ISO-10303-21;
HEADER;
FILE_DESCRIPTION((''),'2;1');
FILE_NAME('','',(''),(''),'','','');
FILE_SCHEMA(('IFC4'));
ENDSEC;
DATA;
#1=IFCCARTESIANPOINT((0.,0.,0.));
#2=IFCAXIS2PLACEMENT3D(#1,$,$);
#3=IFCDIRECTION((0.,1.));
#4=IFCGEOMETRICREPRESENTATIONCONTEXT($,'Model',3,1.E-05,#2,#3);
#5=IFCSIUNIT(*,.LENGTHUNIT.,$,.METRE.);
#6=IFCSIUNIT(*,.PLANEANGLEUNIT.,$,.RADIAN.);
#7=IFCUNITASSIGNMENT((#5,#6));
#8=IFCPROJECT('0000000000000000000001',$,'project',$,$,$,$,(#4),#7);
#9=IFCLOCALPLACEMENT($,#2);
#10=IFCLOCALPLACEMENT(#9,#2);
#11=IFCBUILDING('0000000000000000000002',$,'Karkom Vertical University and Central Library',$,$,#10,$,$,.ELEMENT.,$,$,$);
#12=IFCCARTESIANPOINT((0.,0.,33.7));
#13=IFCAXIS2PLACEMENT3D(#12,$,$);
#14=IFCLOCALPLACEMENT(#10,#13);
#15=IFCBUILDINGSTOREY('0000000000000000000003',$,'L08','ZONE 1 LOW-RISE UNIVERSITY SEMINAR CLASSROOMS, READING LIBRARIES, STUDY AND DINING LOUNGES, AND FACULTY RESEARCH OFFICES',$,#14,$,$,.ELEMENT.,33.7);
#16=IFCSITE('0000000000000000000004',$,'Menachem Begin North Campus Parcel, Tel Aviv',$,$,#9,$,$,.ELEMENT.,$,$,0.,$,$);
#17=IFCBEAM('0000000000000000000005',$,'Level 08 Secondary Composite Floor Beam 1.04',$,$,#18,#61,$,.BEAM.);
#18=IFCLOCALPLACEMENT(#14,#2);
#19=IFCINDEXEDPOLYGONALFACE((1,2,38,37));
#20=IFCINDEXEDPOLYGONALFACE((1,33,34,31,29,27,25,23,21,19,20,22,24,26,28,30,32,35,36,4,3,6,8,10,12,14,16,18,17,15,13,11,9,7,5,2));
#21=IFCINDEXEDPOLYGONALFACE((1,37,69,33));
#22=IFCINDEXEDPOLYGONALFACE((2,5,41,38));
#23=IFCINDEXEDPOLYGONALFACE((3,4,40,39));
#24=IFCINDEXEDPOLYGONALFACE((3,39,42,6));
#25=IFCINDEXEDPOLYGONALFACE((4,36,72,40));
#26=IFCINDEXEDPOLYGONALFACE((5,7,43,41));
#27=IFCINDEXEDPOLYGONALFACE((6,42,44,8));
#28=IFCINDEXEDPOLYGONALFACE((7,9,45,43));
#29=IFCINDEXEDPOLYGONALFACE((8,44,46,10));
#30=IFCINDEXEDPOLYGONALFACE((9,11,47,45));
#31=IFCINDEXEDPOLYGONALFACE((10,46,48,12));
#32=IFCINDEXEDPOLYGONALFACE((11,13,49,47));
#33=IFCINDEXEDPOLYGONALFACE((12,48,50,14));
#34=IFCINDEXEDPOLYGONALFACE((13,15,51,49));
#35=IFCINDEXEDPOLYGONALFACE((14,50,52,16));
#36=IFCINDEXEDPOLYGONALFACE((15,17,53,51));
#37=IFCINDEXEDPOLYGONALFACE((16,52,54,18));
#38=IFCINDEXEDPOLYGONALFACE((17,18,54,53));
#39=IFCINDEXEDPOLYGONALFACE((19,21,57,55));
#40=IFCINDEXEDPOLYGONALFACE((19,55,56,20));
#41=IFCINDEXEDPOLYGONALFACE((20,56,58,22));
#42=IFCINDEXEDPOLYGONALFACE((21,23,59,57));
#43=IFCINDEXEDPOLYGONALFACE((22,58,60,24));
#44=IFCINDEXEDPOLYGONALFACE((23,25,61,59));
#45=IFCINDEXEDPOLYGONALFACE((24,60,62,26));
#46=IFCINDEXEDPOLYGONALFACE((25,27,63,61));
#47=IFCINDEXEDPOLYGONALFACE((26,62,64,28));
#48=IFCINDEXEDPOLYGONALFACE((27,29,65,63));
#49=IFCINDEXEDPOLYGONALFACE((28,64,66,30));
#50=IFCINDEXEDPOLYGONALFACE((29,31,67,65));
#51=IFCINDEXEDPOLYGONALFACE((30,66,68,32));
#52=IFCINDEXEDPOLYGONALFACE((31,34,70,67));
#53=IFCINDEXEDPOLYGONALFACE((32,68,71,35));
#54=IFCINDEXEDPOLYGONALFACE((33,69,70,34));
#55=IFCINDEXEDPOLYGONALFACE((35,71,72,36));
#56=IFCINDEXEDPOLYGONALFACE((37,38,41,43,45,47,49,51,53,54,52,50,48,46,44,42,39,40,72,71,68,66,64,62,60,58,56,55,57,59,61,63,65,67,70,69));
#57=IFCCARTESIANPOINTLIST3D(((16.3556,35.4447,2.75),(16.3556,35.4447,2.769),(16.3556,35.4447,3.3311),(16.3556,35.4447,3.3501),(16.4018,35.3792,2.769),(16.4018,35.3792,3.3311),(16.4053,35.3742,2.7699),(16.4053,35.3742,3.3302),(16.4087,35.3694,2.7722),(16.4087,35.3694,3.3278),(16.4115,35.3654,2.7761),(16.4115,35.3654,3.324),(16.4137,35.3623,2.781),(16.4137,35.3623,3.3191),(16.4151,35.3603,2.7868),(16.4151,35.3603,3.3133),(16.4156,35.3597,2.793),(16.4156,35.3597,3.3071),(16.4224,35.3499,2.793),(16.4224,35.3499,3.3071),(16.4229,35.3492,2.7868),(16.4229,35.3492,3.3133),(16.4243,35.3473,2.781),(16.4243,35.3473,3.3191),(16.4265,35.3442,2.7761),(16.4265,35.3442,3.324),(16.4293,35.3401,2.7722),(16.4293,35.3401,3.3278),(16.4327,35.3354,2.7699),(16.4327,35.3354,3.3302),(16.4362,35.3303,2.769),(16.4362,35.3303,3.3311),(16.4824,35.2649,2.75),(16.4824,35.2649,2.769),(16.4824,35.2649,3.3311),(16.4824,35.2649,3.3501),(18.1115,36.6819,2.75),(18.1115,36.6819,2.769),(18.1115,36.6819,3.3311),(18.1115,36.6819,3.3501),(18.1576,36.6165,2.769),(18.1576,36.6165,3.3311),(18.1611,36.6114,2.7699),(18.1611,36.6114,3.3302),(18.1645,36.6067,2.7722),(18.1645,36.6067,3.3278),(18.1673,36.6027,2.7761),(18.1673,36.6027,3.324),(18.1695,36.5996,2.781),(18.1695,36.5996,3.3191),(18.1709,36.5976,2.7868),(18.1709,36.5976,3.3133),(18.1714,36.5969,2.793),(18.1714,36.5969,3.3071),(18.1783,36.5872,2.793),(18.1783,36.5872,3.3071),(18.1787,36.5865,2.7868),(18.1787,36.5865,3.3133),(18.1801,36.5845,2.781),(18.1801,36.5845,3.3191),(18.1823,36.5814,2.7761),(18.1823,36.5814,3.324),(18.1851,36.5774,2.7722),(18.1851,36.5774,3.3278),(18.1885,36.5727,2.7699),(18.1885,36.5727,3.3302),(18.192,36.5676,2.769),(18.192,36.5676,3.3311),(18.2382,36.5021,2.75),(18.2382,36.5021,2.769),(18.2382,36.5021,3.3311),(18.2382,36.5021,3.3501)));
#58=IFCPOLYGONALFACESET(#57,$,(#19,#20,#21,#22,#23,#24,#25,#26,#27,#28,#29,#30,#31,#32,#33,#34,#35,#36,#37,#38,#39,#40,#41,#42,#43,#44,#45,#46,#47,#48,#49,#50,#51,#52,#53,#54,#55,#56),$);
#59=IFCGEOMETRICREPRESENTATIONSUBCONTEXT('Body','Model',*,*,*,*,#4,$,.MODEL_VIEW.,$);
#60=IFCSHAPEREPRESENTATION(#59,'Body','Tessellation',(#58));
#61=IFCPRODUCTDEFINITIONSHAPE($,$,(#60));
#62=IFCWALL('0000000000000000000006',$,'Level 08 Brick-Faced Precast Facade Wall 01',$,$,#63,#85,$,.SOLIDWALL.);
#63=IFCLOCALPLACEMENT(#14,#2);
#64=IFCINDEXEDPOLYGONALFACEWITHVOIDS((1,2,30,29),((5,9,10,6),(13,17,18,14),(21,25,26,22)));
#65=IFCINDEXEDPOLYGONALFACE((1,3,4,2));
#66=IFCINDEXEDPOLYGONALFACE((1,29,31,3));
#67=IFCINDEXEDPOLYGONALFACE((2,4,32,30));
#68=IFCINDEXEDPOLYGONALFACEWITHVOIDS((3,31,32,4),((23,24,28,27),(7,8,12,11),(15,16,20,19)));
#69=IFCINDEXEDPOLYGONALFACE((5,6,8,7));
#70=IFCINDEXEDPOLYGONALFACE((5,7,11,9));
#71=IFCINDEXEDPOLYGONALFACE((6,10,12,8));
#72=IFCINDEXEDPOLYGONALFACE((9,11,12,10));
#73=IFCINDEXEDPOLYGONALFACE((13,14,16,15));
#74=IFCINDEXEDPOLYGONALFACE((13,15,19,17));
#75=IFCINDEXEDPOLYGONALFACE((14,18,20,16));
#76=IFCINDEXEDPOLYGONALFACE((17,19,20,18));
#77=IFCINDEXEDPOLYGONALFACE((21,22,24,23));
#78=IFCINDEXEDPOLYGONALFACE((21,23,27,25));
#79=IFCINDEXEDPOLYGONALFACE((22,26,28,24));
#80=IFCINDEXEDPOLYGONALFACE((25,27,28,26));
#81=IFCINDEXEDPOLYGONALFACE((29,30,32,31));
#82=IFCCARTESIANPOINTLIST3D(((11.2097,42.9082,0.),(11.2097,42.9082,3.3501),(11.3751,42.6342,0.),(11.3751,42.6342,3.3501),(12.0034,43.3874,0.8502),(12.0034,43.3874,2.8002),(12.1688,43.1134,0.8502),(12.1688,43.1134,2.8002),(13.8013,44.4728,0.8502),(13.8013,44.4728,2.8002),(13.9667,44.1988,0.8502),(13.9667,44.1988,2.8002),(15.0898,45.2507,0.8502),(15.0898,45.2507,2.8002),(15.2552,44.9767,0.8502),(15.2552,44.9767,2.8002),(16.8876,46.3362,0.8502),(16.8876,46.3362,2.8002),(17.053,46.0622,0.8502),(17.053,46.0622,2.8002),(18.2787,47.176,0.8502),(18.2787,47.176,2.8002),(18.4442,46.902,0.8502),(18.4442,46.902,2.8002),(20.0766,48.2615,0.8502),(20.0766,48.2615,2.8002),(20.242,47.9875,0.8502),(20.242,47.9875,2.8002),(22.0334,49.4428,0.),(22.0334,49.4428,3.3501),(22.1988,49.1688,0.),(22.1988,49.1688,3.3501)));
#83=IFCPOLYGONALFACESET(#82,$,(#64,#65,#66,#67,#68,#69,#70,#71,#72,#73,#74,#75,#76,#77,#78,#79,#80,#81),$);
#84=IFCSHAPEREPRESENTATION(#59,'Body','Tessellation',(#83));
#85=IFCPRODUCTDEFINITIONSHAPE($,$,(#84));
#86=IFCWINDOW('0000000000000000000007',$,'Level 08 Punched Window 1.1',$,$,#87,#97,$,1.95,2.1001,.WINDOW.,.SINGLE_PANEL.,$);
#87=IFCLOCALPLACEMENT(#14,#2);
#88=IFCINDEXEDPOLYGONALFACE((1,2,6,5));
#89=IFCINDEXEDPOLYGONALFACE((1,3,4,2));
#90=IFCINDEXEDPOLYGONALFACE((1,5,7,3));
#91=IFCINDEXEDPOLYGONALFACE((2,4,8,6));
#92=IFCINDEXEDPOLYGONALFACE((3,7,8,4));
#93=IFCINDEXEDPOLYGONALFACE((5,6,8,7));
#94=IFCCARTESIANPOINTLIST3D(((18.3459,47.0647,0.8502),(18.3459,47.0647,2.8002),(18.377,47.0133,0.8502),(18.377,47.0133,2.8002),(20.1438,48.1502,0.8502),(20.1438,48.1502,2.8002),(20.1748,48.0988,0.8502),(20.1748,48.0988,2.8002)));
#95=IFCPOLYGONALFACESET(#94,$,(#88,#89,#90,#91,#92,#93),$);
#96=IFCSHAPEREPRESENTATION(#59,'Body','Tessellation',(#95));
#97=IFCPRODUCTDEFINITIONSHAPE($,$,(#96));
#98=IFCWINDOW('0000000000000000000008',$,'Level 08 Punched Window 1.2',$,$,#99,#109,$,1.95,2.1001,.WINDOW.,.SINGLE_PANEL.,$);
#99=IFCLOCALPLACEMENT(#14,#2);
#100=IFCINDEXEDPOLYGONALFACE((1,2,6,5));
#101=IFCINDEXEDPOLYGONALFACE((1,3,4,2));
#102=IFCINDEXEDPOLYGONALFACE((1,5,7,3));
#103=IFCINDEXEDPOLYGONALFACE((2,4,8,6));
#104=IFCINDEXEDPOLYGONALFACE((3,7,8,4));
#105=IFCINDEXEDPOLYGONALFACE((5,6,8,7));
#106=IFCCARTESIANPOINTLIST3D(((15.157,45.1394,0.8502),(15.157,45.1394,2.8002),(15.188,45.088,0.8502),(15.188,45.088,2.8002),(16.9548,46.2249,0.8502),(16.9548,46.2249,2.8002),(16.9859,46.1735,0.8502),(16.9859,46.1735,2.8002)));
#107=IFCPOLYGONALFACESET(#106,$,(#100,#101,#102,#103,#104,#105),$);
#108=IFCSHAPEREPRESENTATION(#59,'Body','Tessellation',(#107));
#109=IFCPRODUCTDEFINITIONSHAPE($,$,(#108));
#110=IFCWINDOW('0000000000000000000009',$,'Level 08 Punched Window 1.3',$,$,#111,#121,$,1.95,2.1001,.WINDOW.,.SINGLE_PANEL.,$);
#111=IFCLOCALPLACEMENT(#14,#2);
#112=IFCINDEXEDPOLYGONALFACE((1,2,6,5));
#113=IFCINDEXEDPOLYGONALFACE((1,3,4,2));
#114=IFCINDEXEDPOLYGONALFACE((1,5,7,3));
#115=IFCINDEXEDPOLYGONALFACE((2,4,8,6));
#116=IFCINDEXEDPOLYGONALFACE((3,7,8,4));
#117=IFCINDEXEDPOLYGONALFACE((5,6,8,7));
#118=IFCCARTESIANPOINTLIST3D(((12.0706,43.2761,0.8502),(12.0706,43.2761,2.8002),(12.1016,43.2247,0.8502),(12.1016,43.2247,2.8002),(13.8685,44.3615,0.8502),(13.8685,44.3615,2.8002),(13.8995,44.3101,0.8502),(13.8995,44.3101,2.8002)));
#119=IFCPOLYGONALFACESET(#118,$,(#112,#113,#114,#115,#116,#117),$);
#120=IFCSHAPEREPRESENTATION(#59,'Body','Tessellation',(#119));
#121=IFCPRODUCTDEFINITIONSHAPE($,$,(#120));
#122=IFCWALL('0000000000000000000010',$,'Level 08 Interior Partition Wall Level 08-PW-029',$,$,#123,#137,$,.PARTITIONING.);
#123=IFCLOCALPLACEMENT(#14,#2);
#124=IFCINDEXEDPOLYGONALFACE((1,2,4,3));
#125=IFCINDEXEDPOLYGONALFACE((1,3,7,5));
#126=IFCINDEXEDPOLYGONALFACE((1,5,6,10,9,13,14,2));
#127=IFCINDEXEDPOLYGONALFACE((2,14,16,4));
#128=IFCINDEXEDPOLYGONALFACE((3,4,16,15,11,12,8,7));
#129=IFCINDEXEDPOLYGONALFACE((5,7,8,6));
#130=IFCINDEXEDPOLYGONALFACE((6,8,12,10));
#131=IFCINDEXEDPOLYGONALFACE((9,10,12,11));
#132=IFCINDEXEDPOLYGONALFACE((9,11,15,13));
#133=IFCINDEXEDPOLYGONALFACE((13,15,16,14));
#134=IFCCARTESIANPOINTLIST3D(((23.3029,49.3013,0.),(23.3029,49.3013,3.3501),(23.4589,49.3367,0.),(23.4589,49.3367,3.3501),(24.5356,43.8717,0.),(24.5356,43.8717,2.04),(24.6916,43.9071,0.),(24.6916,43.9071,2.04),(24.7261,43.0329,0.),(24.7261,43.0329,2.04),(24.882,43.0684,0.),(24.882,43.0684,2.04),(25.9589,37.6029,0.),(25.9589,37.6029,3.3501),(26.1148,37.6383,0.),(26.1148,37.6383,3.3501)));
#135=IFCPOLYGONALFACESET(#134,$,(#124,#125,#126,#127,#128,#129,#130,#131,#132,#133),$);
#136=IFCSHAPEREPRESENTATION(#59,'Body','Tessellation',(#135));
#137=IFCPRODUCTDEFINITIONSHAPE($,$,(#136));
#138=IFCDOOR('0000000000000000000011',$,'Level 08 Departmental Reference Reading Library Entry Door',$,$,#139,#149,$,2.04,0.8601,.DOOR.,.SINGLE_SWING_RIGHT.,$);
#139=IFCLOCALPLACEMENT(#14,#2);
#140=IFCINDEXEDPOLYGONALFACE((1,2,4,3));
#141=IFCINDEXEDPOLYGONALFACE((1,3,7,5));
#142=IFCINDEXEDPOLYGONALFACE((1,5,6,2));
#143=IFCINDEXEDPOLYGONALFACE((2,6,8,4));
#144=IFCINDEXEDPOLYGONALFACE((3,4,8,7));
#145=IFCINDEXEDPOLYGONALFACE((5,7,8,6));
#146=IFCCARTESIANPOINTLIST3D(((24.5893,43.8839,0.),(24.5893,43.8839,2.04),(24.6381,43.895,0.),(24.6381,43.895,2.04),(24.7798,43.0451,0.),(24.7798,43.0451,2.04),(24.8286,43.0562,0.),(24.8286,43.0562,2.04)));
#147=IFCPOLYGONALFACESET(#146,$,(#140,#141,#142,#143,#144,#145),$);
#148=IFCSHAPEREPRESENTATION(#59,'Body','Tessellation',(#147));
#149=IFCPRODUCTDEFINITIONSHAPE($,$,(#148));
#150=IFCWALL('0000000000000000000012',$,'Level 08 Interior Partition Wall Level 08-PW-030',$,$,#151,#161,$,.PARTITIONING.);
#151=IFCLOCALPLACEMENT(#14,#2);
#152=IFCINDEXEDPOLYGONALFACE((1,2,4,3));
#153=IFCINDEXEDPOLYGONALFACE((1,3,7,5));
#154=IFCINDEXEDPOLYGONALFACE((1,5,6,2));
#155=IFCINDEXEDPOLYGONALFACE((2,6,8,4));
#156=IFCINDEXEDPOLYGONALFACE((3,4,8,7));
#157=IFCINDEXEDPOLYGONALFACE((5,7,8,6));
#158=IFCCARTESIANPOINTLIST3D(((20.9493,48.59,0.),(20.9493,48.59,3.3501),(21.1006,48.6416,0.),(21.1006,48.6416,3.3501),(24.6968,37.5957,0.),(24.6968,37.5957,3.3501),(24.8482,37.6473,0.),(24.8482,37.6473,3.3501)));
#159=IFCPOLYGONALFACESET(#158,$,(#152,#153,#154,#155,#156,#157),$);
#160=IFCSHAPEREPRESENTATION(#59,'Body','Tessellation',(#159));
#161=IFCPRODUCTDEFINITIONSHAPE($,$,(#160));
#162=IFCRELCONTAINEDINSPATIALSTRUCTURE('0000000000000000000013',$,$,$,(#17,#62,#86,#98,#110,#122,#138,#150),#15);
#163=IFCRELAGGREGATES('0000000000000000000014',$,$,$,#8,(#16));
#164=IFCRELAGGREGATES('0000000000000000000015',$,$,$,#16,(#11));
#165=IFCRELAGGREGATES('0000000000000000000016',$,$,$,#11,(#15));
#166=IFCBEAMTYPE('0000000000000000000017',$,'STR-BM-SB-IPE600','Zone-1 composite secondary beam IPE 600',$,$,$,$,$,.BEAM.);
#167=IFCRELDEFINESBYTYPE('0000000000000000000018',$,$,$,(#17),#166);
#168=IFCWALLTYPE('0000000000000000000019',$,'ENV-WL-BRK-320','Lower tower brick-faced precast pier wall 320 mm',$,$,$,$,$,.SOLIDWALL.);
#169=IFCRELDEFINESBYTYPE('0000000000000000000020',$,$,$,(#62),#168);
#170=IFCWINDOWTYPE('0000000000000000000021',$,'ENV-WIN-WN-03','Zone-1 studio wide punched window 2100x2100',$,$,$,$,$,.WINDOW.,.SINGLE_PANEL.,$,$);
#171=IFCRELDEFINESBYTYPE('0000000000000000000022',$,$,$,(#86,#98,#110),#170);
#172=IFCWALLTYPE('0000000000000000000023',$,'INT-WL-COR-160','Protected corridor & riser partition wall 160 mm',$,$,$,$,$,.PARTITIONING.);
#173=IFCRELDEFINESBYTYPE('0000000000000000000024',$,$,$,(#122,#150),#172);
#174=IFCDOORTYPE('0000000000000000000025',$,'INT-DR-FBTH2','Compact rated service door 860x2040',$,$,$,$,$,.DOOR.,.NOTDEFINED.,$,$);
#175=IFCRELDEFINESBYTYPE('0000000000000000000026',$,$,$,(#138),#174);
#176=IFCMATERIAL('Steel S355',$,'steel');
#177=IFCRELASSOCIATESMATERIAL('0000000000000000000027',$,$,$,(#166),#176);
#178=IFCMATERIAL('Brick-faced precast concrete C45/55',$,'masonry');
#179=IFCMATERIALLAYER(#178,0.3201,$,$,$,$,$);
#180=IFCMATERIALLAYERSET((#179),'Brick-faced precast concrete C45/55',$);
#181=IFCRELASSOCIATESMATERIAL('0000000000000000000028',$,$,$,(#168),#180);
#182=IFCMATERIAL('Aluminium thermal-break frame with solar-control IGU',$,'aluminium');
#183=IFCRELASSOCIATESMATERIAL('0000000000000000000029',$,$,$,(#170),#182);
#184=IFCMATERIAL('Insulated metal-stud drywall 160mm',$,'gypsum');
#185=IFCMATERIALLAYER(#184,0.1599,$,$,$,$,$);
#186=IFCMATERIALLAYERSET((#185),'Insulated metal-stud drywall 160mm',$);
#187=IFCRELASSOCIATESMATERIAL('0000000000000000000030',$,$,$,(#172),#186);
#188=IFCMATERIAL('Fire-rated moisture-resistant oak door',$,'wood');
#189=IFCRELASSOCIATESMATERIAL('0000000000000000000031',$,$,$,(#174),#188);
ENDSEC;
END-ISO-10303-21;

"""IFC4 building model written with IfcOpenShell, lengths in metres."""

from ifc_helpers import new_model, si_unit, direction, frame, frame_2d, origin, origin_with_axes, origin_2d, place, context, subcontext, project, spatial, rectangle, i_section, extrude, source, transform, mapped, material, layer, layer_set, material_profile, profile_set, type_object, element, fill, save


model = new_model("IFC4")

# Units and contexts
model_context = context("Model", 3, precision=1e-05, world=origin(), true_north=direction((0.0, 1.0)))
body_context = subcontext(model_context, "Body", "Model", "MODEL_VIEW")
ifc_project = project(units=[si_unit("LENGTHUNIT", "METRE"), si_unit("PLANEANGLEUNIT", "RADIAN")], contexts=[model_context])

# Site, building, storey
site_placement = place(None, origin())
site = spatial("IfcSite", under=ifc_project, at=site_placement, Name="Menachem Begin North Campus Parcel, Tel Aviv", CompositionType="ELEMENT", RefElevation=0.0)
building_placement = place(site_placement, origin())
building = spatial("IfcBuilding", under=site, at=building_placement, Name="Karkom Vertical University and Central Library", CompositionType="ELEMENT")
storey_placement = place(building_placement, frame((0.0, 0.0, 33.7)))
storey = spatial("IfcBuildingStorey", under=building, at=storey_placement, Name="L08", Description="ZONE 1 LOW-RISE UNIVERSITY SEMINAR CLASSROOMS, READING LIBRARIES, STUDY AND DINING LOUNGES, AND FACULTY RESEARCH OFFICES", CompositionType="ELEMENT", Elevation=33.7)

# Beam
ifc_material_1 = material(Name="Steel S355", Category="steel")
ifc_material_profile = material_profile(ifc_material_1, i_section(OverallWidth=0.22, OverallDepth=0.6001, WebThickness=0.012, FlangeThickness=0.019, FilletRadius=0.0239, at=origin_2d()), Name="IPE 600")
ifc_profile_set = profile_set([ifc_material_profile], Name="Steel S355")
beam_type = type_object("IfcBeamType", Name="STR-BM-SB-IPE600", Description="Zone-1 composite secondary beam IPE 600", PredefinedType="BEAM", material=ifc_profile_set)
shared_shape_1 = source(origin_with_axes(), body_context, "Body", "SweptSolid", [
    extrude(i_section(OverallWidth=0.22, OverallDepth=0.6001, WebThickness=0.012, FlangeThickness=0.019, FilletRadius=0.0239, at=origin_2d()), origin(), (0.0, 0.0, 1.0), 2.1479),
])
beam_placement = place(storey_placement, frame((18.1748, 36.592, 3.05), z_axis=(-0.817434, -0.576023, 0.0), x_axis=(0.576023, -0.817434, 0.0)))
element("IfcBeam", 1, at=beam_placement, inside=storey, type_object=beam_type, Name="Level 08 Secondary Composite Floor Beam 1.04", PredefinedType="BEAM", context=body_context, shape_type="MappedRepresentation", body=[
    mapped(shared_shape_1, transform((0.0, 0.0, 0.0), scale=1.0)),
])

# Wall, openings, windows
ifc_material_2 = material(Name="Brick-faced precast concrete C45/55", Category="masonry")
ifc_layer_1 = layer(ifc_material_2, 0.3201)
ifc_layer_set_1 = layer_set([ifc_layer_1], Name="Brick-faced precast concrete C45/55")
wall_type_1 = type_object("IfcWallType", Name="ENV-WL-BRK-320", Description="Lower tower brick-faced precast pier wall 320 mm", PredefinedType="SOLIDWALL", material=ifc_layer_set_1)
wall_1_placement = place(storey_placement, frame((22.1162, 49.3059, 0.0), z_axis=(0.0, 0.0, 1.0), x_axis=(-0.856079, -0.516845, 0.0)))
wall_1 = element("IfcWall", 2, at=wall_1_placement, inside=storey, type_object=wall_type_1, Name="Level 08 Brick-Faced Precast Facade Wall 01", PredefinedType="SOLIDWALL", context=body_context, shape_type="SweptSolid", body=[
    extrude(rectangle(XDim=12.6433, YDim=0.3201, at=frame_2d((6.3218, 0.0))), origin(), (0.0, 0.0, 1.0), 3.3501),
])
opening_1_placement = place(wall_1_placement, frame((2.2859, 0.0, 0.8501)))
opening_1 = element("IfcOpeningElement", 3, at=opening_1_placement, cuts=wall_1, PredefinedType="OPENING", context=body_context, shape_type="SweptSolid", body=[
    extrude(rectangle(XDim=2.1001, YDim=1.95, at=frame_2d((1.05, 0.9751))), frame((0.0, 0.1699, 0.0), z_axis=(0.0, -1.0, 0.0), x_axis=(1.0, 0.0, 0.0)), (0.0, 0.0, 1.0), 0.3401),
])
opening_2_placement = place(wall_1_placement, frame((6.011, 0.0, 0.8501)))
opening_2 = element("IfcOpeningElement", 4, at=opening_2_placement, cuts=wall_1, PredefinedType="OPENING", context=body_context, shape_type="SweptSolid", body=[
    extrude(rectangle(XDim=2.1001, YDim=1.95, at=frame_2d((1.05, 0.9751))), frame((0.0, 0.1699, 0.0), z_axis=(0.0, -1.0, 0.0), x_axis=(1.0, 0.0, 0.0)), (0.0, 0.0, 1.0), 0.3401),
])
opening_3_placement = place(wall_1_placement, frame((9.6162, 0.0, 0.8501)))
opening_3 = element("IfcOpeningElement", 5, at=opening_3_placement, cuts=wall_1, PredefinedType="OPENING", context=body_context, shape_type="SweptSolid", body=[
    extrude(rectangle(XDim=2.1001, YDim=1.95, at=frame_2d((1.05, 0.9751))), frame((0.0, 0.1699, 0.0), z_axis=(0.0, -1.0, 0.0), x_axis=(1.0, 0.0, 0.0)), (0.0, 0.0, 1.0), 0.3401),
])
ifc_material_3 = material(Name="Aluminium thermal-break frame with solar-control IGU", Category="aluminium")
window_type = type_object("IfcWindowType", Name="ENV-WIN-WN-03", Description="Zone-1 studio wide punched window 2100x2100", PartitioningType="SINGLE_PANEL", PredefinedType="WINDOW", material=ifc_material_3)
shared_shape_2 = source(origin_with_axes(), body_context, "Body", "SweptSolid", [
    extrude(rectangle(XDim=2.1001, YDim=1.95, at=frame_2d((1.05, 0.9751))), frame((0.0, 0.03, 0.0), z_axis=(0.0, -1.0, 0.0), x_axis=(1.0, 0.0, 0.0)), (0.0, 0.0, 1.0), 0.0601),
])
window_1_placement = place(opening_1_placement, origin())
window_1 = element("IfcWindow", 6, at=window_1_placement, inside=storey, type_object=window_type, Name="Level 08 Punched Window 1.1", OverallHeight=1.95, OverallWidth=2.1001, PartitioningType="SINGLE_PANEL", PredefinedType="WINDOW", context=body_context, shape_type="MappedRepresentation", body=[
    mapped(shared_shape_2, transform((0.0, 0.0, 0.0), scale=1.0)),
])
fill(opening_1, window_1)
window_2_placement = place(opening_2_placement, origin())
window_2 = element("IfcWindow", 7, at=window_2_placement, inside=storey, type_object=window_type, Name="Level 08 Punched Window 1.2", OverallHeight=1.95, OverallWidth=2.1001, PartitioningType="SINGLE_PANEL", PredefinedType="WINDOW", context=body_context, shape_type="MappedRepresentation", body=[
    mapped(shared_shape_2, transform((0.0, 0.0, 0.0), scale=1.0)),
])
fill(opening_2, window_2)
window_3_placement = place(opening_3_placement, origin())
window_3 = element("IfcWindow", 8, at=window_3_placement, inside=storey, type_object=window_type, Name="Level 08 Punched Window 1.3", OverallHeight=1.95, OverallWidth=2.1001, PartitioningType="SINGLE_PANEL", PredefinedType="WINDOW", context=body_context, shape_type="MappedRepresentation", body=[
    mapped(shared_shape_2, transform((0.0, 0.0, 0.0), scale=1.0)),
])
fill(opening_3, window_3)

# Wall, opening, door
ifc_material_4 = material(Name="Insulated metal-stud drywall 160mm", Category="gypsum")
ifc_layer_2 = layer(ifc_material_4, 0.1599)
ifc_layer_set_2 = layer_set([ifc_layer_2], Name="Insulated metal-stud drywall 160mm")
wall_type_2 = type_object("IfcWallType", Name="INT-WL-COR-160", Description="Protected corridor & riser partition wall 160 mm", PredefinedType="PARTITIONING", material=ifc_layer_set_2)
wall_2_placement = place(storey_placement, frame((26.0369, 37.6206, 0.0), z_axis=(0.0, 0.0, 1.0), x_axis=(-0.221404, 0.975182, 0.0)))
wall_2 = element("IfcWall", 9, at=wall_2_placement, inside=storey, type_object=wall_type_2, Name="Level 08 Interior Partition Wall Level 08-PW-029", PredefinedType="PARTITIONING", context=body_context, shape_type="SweptSolid", body=[
    extrude(rectangle(XDim=11.9961, YDim=0.1599, at=frame_2d((5.998, 0.0))), origin(), (0.0, 0.0, 1.0), 3.3501),
])
opening_4_placement = place(wall_2_placement, frame((5.5681, 0.0, 0.0)))
opening_4 = element("IfcOpeningElement", 10, at=opening_4_placement, cuts=wall_2, PredefinedType="OPENING", context=body_context, shape_type="SweptSolid", body=[
    extrude(rectangle(XDim=0.8601, YDim=2.04, at=frame_2d((0.4302, 1.02))), frame((0.0, 0.0898, 0.0), z_axis=(0.0, -1.0, 0.0), x_axis=(1.0, 0.0, 0.0)), (0.0, 0.0, 1.0), 0.1799),
])
ifc_material_5 = material(Name="Fire-rated moisture-resistant oak door", Category="wood")
door_type = type_object("IfcDoorType", Name="INT-DR-FBTH2", Description="Compact rated service door 860x2040", OperationType="NOTDEFINED", PredefinedType="DOOR", material=ifc_material_5)
shared_shape_3 = source(origin_with_axes(), body_context, "Body", "SweptSolid", [
    extrude(rectangle(XDim=0.8601, YDim=2.04, at=frame_2d((0.4302, 1.02))), frame((0.0, 0.0249, 0.0), z_axis=(0.0, -1.0, 0.0), x_axis=(1.0, 0.0, 0.0)), (0.0, 0.0, 1.0), 0.05),
])
door_placement = place(opening_4_placement, origin())
door = element("IfcDoor", 11, at=door_placement, inside=storey, type_object=door_type, Name="Level 08 Departmental Reference Reading Library Entry Door", OperationType="SINGLE_SWING_RIGHT", OverallHeight=2.04, OverallWidth=0.8601, PredefinedType="DOOR", context=body_context, shape_type="MappedRepresentation", body=[
    mapped(shared_shape_3, transform((0.0, 0.0, 0.0), scale=1.0)),
])
fill(opening_4, door)

# Wall
wall_3_placement = place(storey_placement, frame((24.7725, 37.6216, 0.0), z_axis=(0.0, 0.0, 1.0), x_axis=(-0.322633, 0.946524, 0.0)))
element("IfcWall", 12, at=wall_3_placement, inside=storey, type_object=wall_type_2, Name="Level 08 Interior Partition Wall Level 08-PW-030", PredefinedType="PARTITIONING", context=body_context, shape_type="SweptSolid", body=[
    extrude(rectangle(XDim=11.6155, YDim=0.1599, at=frame_2d((5.8076, 0.0))), origin(), (0.0, 0.0, 1.0), 3.3501),
])

save(model, "model.ifc")
